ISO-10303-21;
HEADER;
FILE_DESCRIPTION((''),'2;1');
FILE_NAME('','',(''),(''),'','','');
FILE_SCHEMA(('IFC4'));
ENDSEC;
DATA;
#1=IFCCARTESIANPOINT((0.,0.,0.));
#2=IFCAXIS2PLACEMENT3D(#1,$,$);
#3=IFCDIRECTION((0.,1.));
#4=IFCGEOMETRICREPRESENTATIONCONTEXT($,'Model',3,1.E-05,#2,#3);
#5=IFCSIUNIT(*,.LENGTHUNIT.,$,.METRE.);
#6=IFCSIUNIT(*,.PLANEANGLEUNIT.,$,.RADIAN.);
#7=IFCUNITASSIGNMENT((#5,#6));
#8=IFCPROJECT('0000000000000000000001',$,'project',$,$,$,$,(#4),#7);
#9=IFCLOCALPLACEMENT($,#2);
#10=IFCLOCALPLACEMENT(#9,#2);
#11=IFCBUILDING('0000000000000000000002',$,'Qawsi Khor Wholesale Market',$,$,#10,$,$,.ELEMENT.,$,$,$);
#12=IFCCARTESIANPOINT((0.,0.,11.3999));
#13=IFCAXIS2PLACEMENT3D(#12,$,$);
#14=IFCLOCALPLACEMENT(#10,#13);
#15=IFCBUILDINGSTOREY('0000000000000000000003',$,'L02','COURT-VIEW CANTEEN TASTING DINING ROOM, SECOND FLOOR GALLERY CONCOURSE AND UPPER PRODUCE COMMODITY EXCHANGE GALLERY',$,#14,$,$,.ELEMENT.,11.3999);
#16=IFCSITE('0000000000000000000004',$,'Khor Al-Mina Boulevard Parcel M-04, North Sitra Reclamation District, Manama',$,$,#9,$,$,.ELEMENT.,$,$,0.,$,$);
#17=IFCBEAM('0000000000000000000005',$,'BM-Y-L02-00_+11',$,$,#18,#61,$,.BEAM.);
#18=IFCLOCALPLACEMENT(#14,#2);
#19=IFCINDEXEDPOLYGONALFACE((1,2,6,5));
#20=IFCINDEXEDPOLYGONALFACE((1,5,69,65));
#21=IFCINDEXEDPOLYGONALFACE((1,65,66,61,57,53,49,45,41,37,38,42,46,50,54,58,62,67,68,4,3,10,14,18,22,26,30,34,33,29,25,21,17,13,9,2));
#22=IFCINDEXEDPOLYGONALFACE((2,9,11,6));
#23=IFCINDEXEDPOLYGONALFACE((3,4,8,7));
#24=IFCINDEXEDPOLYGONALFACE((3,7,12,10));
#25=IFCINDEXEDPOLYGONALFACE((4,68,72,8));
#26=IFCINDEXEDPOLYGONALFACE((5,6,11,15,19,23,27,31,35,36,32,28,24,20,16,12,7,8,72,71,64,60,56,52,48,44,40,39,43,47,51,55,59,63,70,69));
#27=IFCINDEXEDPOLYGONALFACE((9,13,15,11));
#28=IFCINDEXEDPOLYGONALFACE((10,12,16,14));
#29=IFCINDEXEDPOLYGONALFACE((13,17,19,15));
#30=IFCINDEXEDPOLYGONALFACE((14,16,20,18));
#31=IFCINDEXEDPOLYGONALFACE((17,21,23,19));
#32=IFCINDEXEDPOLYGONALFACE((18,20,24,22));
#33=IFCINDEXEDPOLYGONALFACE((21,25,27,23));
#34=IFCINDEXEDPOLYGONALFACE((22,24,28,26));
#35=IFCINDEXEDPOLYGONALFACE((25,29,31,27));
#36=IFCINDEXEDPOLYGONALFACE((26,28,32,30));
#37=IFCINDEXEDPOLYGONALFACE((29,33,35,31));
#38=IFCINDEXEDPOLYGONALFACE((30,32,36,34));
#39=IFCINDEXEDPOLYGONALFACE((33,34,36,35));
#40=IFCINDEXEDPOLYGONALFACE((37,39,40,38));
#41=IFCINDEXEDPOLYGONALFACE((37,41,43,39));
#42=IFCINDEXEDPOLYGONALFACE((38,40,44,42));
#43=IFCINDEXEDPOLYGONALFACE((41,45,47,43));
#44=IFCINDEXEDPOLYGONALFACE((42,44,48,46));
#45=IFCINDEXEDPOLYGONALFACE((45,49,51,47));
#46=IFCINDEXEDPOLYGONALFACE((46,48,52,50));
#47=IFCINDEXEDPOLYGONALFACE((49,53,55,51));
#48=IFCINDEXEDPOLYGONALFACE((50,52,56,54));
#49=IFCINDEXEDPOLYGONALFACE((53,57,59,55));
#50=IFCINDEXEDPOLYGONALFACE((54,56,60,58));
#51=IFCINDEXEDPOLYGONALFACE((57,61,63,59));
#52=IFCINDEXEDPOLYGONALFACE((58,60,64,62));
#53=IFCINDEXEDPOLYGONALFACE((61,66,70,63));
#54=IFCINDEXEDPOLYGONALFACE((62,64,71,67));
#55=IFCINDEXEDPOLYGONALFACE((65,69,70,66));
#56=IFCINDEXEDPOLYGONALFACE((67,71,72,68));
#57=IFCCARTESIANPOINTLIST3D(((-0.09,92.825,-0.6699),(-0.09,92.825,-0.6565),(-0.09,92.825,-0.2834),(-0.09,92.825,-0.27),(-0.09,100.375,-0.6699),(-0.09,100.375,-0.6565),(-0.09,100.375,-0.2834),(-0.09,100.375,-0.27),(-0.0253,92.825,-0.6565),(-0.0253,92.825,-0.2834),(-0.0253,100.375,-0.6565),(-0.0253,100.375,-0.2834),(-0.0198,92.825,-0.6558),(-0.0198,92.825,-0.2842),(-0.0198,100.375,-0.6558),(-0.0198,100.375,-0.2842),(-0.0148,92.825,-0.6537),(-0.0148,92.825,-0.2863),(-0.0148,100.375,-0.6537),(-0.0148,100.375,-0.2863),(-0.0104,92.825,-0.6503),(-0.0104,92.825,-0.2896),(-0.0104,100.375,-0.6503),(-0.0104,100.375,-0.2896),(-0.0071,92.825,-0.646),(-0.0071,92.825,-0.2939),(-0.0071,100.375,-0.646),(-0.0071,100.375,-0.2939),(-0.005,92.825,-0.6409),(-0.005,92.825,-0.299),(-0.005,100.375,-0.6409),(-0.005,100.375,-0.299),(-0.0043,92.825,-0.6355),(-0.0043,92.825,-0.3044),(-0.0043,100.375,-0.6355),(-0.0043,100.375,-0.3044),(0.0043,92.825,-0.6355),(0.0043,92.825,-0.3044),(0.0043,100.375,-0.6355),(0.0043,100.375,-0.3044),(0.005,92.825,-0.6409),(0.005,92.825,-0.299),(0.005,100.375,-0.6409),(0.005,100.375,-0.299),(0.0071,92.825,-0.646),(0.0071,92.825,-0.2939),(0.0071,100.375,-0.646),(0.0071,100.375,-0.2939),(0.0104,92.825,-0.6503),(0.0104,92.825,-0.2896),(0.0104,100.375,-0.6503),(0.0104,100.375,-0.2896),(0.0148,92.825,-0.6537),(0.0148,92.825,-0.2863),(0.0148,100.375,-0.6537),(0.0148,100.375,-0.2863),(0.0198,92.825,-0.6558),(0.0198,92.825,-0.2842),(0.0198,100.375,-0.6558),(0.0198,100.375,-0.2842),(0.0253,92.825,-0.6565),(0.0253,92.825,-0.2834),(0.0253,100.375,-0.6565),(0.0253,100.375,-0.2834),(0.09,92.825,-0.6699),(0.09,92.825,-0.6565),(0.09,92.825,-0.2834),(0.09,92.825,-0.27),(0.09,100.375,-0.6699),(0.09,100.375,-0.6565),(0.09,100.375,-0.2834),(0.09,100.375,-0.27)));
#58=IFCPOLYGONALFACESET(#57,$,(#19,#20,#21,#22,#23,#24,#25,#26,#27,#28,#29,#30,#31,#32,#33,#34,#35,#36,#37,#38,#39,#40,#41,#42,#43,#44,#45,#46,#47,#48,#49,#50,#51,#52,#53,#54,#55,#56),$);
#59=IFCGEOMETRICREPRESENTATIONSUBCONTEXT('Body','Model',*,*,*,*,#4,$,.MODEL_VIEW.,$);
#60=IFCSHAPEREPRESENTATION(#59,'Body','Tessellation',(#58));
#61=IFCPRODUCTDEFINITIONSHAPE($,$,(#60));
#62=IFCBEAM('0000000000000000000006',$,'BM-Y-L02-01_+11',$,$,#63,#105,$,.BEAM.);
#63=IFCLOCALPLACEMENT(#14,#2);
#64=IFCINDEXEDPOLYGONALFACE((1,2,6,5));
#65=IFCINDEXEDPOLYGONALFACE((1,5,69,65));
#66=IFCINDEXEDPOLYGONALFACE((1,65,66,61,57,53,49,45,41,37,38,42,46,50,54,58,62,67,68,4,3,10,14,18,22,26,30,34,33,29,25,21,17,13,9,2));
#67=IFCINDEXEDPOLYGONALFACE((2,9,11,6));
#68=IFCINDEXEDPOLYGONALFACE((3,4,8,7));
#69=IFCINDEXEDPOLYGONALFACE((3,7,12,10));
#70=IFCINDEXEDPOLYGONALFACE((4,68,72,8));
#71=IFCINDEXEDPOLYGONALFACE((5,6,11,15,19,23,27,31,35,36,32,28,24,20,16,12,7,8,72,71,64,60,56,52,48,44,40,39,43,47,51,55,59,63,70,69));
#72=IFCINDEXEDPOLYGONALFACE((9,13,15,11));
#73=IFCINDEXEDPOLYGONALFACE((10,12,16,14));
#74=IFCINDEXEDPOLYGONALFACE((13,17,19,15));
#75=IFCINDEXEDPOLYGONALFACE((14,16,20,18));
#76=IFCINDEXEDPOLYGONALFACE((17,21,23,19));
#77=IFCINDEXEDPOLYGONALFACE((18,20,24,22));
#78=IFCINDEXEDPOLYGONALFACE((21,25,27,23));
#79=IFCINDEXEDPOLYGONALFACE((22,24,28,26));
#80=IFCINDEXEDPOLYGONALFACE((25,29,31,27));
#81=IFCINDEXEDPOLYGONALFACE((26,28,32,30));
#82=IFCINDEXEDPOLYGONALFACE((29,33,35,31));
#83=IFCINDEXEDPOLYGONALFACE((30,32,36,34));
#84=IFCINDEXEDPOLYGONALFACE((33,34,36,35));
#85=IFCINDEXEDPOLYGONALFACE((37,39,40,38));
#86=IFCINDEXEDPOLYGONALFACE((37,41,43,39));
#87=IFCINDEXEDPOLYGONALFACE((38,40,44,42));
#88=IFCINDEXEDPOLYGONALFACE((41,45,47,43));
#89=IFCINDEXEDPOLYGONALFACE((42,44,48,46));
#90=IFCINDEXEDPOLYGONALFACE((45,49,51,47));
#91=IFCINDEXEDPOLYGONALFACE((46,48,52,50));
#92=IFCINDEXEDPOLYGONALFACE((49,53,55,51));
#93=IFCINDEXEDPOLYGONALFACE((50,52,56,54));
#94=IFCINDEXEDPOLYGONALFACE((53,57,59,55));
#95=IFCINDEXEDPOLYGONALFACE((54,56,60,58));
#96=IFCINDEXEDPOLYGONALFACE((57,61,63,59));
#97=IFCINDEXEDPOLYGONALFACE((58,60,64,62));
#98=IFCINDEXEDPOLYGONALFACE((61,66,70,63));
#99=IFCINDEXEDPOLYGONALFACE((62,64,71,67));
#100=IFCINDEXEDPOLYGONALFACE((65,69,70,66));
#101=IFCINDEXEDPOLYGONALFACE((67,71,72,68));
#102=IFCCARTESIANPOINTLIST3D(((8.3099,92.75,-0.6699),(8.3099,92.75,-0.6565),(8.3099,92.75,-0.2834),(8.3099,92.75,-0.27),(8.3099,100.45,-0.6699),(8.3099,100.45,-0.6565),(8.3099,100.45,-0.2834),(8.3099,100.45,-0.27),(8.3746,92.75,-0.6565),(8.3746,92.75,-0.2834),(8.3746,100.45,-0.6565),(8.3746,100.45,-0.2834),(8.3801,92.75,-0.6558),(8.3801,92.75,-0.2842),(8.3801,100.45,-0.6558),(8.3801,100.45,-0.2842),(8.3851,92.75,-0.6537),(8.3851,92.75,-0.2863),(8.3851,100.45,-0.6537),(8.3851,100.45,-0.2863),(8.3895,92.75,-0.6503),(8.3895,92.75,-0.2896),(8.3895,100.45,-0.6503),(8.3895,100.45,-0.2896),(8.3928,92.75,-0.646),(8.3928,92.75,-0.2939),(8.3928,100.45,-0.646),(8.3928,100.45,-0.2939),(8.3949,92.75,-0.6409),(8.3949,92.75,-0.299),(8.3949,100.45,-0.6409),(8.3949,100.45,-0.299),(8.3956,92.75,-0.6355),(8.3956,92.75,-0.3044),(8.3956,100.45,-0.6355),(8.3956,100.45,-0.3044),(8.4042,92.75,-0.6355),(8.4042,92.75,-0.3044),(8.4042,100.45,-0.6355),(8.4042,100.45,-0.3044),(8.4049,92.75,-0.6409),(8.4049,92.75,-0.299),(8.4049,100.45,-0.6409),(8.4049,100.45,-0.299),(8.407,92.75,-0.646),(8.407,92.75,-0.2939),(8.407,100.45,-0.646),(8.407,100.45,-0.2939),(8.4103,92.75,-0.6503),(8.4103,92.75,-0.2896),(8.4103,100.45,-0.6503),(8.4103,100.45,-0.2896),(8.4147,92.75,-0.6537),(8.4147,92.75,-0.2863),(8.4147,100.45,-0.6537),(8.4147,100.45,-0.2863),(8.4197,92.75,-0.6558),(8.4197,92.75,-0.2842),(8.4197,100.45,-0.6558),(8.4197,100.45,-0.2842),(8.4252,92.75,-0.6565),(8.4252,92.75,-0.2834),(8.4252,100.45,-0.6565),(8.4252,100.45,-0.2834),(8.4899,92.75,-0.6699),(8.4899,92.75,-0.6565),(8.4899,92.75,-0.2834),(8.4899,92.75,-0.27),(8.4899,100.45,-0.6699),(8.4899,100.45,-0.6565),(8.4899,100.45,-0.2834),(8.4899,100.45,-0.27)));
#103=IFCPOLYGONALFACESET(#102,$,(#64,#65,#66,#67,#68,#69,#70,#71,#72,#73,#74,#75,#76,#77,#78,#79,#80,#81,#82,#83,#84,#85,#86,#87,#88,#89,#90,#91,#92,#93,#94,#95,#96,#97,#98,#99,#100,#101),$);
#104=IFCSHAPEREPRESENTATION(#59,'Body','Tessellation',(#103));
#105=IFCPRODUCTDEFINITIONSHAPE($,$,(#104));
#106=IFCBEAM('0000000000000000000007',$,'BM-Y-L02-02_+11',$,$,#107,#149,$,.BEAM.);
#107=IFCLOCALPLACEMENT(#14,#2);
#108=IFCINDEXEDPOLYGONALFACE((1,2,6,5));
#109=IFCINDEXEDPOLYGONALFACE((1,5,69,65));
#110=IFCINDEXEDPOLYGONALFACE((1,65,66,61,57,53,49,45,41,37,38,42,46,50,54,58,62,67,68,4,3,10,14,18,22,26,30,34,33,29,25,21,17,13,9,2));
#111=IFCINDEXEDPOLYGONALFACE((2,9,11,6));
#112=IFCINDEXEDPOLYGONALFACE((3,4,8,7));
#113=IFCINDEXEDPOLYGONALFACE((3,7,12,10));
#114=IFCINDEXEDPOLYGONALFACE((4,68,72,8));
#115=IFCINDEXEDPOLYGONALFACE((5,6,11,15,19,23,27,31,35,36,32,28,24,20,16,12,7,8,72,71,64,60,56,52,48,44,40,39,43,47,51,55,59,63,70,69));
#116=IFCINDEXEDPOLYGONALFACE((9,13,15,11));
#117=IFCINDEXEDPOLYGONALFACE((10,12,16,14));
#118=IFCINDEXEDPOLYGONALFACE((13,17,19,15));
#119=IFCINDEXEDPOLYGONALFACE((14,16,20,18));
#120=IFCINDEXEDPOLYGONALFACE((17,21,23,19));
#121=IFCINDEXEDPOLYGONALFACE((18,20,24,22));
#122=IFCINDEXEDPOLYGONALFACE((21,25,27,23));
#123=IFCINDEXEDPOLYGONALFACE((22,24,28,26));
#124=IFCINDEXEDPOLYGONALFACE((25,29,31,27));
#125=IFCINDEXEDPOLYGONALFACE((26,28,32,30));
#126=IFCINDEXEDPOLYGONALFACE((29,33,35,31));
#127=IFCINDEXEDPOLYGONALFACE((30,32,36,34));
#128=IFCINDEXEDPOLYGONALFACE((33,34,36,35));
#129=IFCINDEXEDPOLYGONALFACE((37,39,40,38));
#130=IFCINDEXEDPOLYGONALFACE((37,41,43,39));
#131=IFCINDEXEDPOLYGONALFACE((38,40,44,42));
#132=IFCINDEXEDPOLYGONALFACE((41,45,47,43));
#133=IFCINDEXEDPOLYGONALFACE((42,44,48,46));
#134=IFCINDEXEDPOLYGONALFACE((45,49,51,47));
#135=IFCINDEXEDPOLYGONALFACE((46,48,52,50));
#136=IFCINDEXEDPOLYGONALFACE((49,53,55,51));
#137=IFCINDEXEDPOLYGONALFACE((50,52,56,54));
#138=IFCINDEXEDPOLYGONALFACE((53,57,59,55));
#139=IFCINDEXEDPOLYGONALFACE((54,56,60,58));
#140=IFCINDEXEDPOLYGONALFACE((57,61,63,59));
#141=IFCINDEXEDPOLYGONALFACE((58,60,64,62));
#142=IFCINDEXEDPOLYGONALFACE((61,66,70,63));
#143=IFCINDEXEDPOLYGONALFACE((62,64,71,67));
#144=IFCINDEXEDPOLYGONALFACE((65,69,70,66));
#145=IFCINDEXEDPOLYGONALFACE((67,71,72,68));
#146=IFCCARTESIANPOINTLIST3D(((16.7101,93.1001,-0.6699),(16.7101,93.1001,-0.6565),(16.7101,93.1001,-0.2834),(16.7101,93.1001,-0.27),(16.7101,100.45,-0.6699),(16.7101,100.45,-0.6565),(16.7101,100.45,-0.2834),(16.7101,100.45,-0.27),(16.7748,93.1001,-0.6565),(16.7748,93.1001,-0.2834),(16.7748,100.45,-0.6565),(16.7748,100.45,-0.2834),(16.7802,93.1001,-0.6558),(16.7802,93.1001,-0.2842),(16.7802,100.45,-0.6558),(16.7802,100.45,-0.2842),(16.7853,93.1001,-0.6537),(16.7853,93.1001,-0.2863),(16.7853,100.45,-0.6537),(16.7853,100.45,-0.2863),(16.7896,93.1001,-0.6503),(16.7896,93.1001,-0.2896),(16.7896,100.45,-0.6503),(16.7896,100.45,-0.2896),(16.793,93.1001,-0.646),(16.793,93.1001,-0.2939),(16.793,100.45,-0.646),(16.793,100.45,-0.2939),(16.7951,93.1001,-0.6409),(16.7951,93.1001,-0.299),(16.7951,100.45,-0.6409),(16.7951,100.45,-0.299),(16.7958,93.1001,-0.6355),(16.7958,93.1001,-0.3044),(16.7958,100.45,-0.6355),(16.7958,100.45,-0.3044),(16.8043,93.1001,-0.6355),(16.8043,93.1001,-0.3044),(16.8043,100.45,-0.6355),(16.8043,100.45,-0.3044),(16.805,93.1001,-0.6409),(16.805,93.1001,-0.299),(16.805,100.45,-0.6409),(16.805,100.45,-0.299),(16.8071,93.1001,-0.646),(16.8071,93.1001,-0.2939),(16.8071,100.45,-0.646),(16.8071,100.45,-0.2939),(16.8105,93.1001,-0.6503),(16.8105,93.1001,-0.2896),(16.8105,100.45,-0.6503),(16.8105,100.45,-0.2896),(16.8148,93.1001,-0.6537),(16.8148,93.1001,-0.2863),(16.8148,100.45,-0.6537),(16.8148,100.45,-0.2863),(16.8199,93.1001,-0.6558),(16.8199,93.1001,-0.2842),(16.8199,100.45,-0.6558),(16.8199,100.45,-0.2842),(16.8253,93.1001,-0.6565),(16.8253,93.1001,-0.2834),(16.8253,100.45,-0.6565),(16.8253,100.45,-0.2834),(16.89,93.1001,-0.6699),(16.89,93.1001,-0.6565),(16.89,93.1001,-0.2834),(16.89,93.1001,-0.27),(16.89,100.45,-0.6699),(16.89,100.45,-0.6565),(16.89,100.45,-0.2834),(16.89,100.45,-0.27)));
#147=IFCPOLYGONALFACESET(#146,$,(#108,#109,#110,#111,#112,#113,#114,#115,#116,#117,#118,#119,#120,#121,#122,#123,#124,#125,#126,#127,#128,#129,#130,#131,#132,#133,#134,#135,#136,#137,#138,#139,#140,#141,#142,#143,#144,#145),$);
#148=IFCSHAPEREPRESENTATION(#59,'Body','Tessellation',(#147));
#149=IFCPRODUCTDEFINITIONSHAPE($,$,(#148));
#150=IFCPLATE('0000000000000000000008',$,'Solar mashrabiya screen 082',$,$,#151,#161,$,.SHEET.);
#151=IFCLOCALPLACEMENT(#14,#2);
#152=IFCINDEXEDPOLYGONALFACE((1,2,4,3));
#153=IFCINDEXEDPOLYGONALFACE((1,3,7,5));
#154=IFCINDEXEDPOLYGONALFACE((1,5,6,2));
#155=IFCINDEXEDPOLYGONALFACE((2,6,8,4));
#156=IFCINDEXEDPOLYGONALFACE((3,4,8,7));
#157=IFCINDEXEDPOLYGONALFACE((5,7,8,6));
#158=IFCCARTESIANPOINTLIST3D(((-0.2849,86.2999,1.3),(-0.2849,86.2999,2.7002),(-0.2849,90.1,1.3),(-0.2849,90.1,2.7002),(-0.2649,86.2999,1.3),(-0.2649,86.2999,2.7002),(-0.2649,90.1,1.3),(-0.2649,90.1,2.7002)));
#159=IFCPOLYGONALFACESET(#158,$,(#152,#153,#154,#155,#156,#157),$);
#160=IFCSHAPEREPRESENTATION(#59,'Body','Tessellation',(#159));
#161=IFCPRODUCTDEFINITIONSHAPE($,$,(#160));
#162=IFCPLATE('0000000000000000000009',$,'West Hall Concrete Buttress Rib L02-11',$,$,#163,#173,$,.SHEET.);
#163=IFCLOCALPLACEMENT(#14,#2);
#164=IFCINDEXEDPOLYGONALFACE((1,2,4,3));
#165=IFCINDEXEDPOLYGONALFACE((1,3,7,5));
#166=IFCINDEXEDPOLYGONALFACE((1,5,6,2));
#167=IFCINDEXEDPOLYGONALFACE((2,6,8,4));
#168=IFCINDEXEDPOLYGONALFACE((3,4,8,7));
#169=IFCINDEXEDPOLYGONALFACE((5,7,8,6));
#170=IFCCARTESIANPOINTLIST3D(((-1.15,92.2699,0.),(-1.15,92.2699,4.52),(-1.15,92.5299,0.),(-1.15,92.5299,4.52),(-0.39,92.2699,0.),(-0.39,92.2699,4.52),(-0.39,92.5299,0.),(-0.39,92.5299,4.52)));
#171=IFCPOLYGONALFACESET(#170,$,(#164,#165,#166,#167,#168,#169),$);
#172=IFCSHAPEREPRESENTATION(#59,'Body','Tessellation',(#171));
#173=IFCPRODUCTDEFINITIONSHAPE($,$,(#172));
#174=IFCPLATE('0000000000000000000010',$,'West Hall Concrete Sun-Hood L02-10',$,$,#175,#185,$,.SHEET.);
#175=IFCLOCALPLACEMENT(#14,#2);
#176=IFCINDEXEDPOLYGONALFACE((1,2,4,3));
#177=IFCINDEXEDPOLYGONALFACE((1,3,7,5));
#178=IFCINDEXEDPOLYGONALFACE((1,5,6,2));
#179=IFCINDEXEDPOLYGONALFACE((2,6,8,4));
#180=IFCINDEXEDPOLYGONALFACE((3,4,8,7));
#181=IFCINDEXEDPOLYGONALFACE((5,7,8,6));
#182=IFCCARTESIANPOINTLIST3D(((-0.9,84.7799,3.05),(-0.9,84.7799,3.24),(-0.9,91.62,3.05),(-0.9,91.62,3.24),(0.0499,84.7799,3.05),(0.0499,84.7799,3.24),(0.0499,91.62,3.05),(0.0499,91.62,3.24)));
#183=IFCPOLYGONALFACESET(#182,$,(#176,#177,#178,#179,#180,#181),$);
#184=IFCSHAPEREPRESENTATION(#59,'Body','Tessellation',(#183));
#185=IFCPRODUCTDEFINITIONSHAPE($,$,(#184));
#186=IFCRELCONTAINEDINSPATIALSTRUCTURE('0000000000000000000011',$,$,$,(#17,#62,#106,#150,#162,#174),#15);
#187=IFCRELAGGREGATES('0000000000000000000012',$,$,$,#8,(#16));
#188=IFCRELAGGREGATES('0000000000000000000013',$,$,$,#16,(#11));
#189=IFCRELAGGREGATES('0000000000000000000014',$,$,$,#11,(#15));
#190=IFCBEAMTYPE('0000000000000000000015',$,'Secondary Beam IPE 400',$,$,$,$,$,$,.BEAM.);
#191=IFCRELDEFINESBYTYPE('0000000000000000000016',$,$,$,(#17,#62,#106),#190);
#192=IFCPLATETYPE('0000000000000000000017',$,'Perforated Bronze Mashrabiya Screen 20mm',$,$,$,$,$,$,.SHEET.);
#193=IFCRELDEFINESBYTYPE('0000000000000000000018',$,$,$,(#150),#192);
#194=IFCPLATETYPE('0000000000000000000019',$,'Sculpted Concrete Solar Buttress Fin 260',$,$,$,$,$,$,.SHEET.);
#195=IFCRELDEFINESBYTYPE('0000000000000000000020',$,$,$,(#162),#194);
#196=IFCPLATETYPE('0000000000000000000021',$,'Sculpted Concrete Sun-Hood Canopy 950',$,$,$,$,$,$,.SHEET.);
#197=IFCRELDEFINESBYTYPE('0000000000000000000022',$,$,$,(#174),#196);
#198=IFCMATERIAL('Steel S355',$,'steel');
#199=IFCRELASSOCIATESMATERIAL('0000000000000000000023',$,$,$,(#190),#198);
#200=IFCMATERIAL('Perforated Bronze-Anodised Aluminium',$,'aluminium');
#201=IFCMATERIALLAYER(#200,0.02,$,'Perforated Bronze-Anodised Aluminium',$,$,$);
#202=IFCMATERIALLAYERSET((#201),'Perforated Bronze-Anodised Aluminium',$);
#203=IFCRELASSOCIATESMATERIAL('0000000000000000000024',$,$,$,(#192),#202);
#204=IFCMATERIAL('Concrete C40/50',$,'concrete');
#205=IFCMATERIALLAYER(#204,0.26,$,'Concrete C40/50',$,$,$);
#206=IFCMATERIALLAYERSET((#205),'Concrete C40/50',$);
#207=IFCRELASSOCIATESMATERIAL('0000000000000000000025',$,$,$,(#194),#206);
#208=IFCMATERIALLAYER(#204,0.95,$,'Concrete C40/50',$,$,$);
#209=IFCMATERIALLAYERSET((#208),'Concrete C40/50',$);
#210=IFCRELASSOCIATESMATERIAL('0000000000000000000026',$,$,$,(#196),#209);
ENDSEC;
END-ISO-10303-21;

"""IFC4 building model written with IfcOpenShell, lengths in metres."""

from ifc_helpers import new_model, si_unit, direction, frame, frame_2d, origin, origin_2d, place, context, subcontext, project, spatial, rectangle, i_section, extrude, material, layer, layer_set, material_profile, profile_set, type_object, element, save


model = new_model("IFC4")

# Units and contexts
model_context = context("Model", 3, precision=1e-05, world=origin(), true_north=direction((0.0, 1.0)))
body_context = subcontext(model_context, "Body", "Model", "MODEL_VIEW")
ifc_project = project(units=[si_unit("LENGTHUNIT", "METRE"), si_unit("PLANEANGLEUNIT", "RADIAN")], contexts=[model_context])

# Site, building, storey
site_placement = place(None, origin())
site = spatial("IfcSite", under=ifc_project, at=site_placement, Name="Khor Al-Mina Boulevard Parcel M-04, North Sitra Reclamation District, Manama", CompositionType="ELEMENT", RefElevation=0.0)
building_placement = place(site_placement, origin())
building = spatial("IfcBuilding", under=site, at=building_placement, Name="Qawsi Khor Wholesale Market", CompositionType="ELEMENT")
storey_placement = place(building_placement, frame((0.0, 0.0, 11.3999)))
storey = spatial("IfcBuildingStorey", under=building, at=storey_placement, Name="L02", Description="COURT-VIEW CANTEEN TASTING DINING ROOM, SECOND FLOOR GALLERY CONCOURSE AND UPPER PRODUCE COMMODITY EXCHANGE GALLERY", CompositionType="ELEMENT", Elevation=11.3999)

# Shared definitions
ifc_material_1 = material(Name="Concrete C40/50", Category="concrete")

# Beams
ifc_material_2 = material(Name="Steel S355", Category="steel")
ifc_material_profile_1 = material_profile(ifc_material_2, i_section(OverallWidth=0.1799, OverallDepth=0.3999, WebThickness=0.0085, FlangeThickness=0.0134, FilletRadius=0.021, at=origin_2d()), Name="IPE 400")
ifc_profile_set_1 = profile_set([ifc_material_profile_1], Name="Steel S355")
beam_type_1 = type_object("IfcBeamType", Name="Secondary Beam IPE 400", PredefinedType="BEAM", material=ifc_profile_set_1)
for number, where, z_axis, x_axis, name in (
    (1, (0.0, 92.825, -0.47), (0.0, 1.0, 0.0), (-1.0, 0.0, 0.0), "BM-Y-L02-00_+11"),
):
    element("IfcBeam", number, at=place(storey_placement, frame(where, z_axis=z_axis, x_axis=x_axis)), inside=storey, type_object=beam_type_1, Name=name, PredefinedType="BEAM", context=body_context, shape_type="SweptSolid", body=[
        extrude(i_section(OverallWidth=0.1799, OverallDepth=0.3999, WebThickness=0.0085, FlangeThickness=0.0134, FilletRadius=0.021, at=origin_2d()), origin(), (0.0, 0.0, 1.0), 7.55),
    ])
beam_1_placement = place(storey_placement, frame((8.3999, 92.75, -0.47), z_axis=(0.0, 1.0, 0.0), x_axis=(-1.0, 0.0, 0.0)))
element("IfcBeam", 2, at=beam_1_placement, inside=storey, type_object=beam_type_1, Name="BM-Y-L02-01_+11", PredefinedType="BEAM", context=body_context, shape_type="SweptSolid", body=[
    extrude(i_section(OverallWidth=0.1799, OverallDepth=0.3999, WebThickness=0.0085, FlangeThickness=0.0134, FilletRadius=0.021, at=origin_2d()), origin(), (0.0, 0.0, 1.0), 7.7),
])
beam_2_placement = place(storey_placement, frame((16.8, 93.1001, -0.47), z_axis=(0.0, 1.0, 0.0), x_axis=(-1.0, 0.0, 0.0)))
element("IfcBeam", 3, at=beam_2_placement, inside=storey, type_object=beam_type_1, Name="BM-Y-L02-02_+11", PredefinedType="BEAM", context=body_context, shape_type="SweptSolid", body=[
    extrude(i_section(OverallWidth=0.1799, OverallDepth=0.3999, WebThickness=0.0085, FlangeThickness=0.0134, FilletRadius=0.021, at=origin_2d()), origin(), (0.0, 0.0, 1.0), 7.3499),
])

# Plates
ifc_material_3 = material(Name="Perforated Bronze-Anodised Aluminium", Category="aluminium")
ifc_layer_1 = layer(ifc_material_3, 0.02, Name="Perforated Bronze-Anodised Aluminium")
ifc_layer_set_1 = layer_set([ifc_layer_1], Name="Perforated Bronze-Anodised Aluminium")
plate_type_1 = type_object("IfcPlateType", Name="Perforated Bronze Mashrabiya Screen 20mm", PredefinedType="SHEET", material=ifc_layer_set_1)
plate_1_placement = place(storey_placement, frame((-0.2749, 86.3, 1.3), z_axis=(0.0, 0.0, 1.0), x_axis=(0.0, 1.0, 0.0)))
element("IfcPlate", 4, at=plate_1_placement, inside=storey, type_object=plate_type_1, Name="Solar mashrabiya screen 082", PredefinedType="SHEET", context=body_context, shape_type="SweptSolid", body=[
    extrude(rectangle(XDim=3.8, YDim=0.02, at=frame_2d((1.8999, 0.0))), origin(), (0.0, 0.0, 1.0), 1.4001),
])
ifc_layer_2 = layer(ifc_material_1, 0.26, Name="Concrete C40/50")
ifc_layer_set_2 = layer_set([ifc_layer_2], Name="Concrete C40/50")
plate_type_2 = type_object("IfcPlateType", Name="Sculpted Concrete Solar Buttress Fin 260", PredefinedType="SHEET", material=ifc_layer_set_2)
plate_2_placement = place(storey_placement, frame((-1.1499, 92.3999, 0.0), z_axis=(0.0, 0.0, 1.0), x_axis=(1.0, 0.0, 0.0)))
element("IfcPlate", 5, at=plate_2_placement, inside=storey, type_object=plate_type_2, Name="West Hall Concrete Buttress Rib L02-11", PredefinedType="SHEET", context=body_context, shape_type="SweptSolid", body=[
    extrude(rectangle(XDim=0.76, YDim=0.26, at=frame_2d((0.3799, 0.0))), origin(), (0.0, 0.0, 1.0), 4.52),
])
ifc_layer_3 = layer(ifc_material_1, 0.95, Name="Concrete C40/50")
ifc_layer_set_3 = layer_set([ifc_layer_3], Name="Concrete C40/50")
plate_type_3 = type_object("IfcPlateType", Name="Sculpted Concrete Sun-Hood Canopy 950", PredefinedType="SHEET", material=ifc_layer_set_3)
plate_3_placement = place(storey_placement, frame((-0.425, 84.78, 3.05), z_axis=(0.0, 0.0, 1.0), x_axis=(0.0, 1.0, 0.0)))
element("IfcPlate", 6, at=plate_3_placement, inside=storey, type_object=plate_type_3, Name="West Hall Concrete Sun-Hood L02-10", PredefinedType="SHEET", context=body_context, shape_type="SweptSolid", body=[
    extrude(rectangle(XDim=6.8401, YDim=0.95, at=frame_2d((3.4199, 0.0))), origin(), (0.0, 0.0, 1.0), 0.1899),
])

save(model, "model.ifc")
